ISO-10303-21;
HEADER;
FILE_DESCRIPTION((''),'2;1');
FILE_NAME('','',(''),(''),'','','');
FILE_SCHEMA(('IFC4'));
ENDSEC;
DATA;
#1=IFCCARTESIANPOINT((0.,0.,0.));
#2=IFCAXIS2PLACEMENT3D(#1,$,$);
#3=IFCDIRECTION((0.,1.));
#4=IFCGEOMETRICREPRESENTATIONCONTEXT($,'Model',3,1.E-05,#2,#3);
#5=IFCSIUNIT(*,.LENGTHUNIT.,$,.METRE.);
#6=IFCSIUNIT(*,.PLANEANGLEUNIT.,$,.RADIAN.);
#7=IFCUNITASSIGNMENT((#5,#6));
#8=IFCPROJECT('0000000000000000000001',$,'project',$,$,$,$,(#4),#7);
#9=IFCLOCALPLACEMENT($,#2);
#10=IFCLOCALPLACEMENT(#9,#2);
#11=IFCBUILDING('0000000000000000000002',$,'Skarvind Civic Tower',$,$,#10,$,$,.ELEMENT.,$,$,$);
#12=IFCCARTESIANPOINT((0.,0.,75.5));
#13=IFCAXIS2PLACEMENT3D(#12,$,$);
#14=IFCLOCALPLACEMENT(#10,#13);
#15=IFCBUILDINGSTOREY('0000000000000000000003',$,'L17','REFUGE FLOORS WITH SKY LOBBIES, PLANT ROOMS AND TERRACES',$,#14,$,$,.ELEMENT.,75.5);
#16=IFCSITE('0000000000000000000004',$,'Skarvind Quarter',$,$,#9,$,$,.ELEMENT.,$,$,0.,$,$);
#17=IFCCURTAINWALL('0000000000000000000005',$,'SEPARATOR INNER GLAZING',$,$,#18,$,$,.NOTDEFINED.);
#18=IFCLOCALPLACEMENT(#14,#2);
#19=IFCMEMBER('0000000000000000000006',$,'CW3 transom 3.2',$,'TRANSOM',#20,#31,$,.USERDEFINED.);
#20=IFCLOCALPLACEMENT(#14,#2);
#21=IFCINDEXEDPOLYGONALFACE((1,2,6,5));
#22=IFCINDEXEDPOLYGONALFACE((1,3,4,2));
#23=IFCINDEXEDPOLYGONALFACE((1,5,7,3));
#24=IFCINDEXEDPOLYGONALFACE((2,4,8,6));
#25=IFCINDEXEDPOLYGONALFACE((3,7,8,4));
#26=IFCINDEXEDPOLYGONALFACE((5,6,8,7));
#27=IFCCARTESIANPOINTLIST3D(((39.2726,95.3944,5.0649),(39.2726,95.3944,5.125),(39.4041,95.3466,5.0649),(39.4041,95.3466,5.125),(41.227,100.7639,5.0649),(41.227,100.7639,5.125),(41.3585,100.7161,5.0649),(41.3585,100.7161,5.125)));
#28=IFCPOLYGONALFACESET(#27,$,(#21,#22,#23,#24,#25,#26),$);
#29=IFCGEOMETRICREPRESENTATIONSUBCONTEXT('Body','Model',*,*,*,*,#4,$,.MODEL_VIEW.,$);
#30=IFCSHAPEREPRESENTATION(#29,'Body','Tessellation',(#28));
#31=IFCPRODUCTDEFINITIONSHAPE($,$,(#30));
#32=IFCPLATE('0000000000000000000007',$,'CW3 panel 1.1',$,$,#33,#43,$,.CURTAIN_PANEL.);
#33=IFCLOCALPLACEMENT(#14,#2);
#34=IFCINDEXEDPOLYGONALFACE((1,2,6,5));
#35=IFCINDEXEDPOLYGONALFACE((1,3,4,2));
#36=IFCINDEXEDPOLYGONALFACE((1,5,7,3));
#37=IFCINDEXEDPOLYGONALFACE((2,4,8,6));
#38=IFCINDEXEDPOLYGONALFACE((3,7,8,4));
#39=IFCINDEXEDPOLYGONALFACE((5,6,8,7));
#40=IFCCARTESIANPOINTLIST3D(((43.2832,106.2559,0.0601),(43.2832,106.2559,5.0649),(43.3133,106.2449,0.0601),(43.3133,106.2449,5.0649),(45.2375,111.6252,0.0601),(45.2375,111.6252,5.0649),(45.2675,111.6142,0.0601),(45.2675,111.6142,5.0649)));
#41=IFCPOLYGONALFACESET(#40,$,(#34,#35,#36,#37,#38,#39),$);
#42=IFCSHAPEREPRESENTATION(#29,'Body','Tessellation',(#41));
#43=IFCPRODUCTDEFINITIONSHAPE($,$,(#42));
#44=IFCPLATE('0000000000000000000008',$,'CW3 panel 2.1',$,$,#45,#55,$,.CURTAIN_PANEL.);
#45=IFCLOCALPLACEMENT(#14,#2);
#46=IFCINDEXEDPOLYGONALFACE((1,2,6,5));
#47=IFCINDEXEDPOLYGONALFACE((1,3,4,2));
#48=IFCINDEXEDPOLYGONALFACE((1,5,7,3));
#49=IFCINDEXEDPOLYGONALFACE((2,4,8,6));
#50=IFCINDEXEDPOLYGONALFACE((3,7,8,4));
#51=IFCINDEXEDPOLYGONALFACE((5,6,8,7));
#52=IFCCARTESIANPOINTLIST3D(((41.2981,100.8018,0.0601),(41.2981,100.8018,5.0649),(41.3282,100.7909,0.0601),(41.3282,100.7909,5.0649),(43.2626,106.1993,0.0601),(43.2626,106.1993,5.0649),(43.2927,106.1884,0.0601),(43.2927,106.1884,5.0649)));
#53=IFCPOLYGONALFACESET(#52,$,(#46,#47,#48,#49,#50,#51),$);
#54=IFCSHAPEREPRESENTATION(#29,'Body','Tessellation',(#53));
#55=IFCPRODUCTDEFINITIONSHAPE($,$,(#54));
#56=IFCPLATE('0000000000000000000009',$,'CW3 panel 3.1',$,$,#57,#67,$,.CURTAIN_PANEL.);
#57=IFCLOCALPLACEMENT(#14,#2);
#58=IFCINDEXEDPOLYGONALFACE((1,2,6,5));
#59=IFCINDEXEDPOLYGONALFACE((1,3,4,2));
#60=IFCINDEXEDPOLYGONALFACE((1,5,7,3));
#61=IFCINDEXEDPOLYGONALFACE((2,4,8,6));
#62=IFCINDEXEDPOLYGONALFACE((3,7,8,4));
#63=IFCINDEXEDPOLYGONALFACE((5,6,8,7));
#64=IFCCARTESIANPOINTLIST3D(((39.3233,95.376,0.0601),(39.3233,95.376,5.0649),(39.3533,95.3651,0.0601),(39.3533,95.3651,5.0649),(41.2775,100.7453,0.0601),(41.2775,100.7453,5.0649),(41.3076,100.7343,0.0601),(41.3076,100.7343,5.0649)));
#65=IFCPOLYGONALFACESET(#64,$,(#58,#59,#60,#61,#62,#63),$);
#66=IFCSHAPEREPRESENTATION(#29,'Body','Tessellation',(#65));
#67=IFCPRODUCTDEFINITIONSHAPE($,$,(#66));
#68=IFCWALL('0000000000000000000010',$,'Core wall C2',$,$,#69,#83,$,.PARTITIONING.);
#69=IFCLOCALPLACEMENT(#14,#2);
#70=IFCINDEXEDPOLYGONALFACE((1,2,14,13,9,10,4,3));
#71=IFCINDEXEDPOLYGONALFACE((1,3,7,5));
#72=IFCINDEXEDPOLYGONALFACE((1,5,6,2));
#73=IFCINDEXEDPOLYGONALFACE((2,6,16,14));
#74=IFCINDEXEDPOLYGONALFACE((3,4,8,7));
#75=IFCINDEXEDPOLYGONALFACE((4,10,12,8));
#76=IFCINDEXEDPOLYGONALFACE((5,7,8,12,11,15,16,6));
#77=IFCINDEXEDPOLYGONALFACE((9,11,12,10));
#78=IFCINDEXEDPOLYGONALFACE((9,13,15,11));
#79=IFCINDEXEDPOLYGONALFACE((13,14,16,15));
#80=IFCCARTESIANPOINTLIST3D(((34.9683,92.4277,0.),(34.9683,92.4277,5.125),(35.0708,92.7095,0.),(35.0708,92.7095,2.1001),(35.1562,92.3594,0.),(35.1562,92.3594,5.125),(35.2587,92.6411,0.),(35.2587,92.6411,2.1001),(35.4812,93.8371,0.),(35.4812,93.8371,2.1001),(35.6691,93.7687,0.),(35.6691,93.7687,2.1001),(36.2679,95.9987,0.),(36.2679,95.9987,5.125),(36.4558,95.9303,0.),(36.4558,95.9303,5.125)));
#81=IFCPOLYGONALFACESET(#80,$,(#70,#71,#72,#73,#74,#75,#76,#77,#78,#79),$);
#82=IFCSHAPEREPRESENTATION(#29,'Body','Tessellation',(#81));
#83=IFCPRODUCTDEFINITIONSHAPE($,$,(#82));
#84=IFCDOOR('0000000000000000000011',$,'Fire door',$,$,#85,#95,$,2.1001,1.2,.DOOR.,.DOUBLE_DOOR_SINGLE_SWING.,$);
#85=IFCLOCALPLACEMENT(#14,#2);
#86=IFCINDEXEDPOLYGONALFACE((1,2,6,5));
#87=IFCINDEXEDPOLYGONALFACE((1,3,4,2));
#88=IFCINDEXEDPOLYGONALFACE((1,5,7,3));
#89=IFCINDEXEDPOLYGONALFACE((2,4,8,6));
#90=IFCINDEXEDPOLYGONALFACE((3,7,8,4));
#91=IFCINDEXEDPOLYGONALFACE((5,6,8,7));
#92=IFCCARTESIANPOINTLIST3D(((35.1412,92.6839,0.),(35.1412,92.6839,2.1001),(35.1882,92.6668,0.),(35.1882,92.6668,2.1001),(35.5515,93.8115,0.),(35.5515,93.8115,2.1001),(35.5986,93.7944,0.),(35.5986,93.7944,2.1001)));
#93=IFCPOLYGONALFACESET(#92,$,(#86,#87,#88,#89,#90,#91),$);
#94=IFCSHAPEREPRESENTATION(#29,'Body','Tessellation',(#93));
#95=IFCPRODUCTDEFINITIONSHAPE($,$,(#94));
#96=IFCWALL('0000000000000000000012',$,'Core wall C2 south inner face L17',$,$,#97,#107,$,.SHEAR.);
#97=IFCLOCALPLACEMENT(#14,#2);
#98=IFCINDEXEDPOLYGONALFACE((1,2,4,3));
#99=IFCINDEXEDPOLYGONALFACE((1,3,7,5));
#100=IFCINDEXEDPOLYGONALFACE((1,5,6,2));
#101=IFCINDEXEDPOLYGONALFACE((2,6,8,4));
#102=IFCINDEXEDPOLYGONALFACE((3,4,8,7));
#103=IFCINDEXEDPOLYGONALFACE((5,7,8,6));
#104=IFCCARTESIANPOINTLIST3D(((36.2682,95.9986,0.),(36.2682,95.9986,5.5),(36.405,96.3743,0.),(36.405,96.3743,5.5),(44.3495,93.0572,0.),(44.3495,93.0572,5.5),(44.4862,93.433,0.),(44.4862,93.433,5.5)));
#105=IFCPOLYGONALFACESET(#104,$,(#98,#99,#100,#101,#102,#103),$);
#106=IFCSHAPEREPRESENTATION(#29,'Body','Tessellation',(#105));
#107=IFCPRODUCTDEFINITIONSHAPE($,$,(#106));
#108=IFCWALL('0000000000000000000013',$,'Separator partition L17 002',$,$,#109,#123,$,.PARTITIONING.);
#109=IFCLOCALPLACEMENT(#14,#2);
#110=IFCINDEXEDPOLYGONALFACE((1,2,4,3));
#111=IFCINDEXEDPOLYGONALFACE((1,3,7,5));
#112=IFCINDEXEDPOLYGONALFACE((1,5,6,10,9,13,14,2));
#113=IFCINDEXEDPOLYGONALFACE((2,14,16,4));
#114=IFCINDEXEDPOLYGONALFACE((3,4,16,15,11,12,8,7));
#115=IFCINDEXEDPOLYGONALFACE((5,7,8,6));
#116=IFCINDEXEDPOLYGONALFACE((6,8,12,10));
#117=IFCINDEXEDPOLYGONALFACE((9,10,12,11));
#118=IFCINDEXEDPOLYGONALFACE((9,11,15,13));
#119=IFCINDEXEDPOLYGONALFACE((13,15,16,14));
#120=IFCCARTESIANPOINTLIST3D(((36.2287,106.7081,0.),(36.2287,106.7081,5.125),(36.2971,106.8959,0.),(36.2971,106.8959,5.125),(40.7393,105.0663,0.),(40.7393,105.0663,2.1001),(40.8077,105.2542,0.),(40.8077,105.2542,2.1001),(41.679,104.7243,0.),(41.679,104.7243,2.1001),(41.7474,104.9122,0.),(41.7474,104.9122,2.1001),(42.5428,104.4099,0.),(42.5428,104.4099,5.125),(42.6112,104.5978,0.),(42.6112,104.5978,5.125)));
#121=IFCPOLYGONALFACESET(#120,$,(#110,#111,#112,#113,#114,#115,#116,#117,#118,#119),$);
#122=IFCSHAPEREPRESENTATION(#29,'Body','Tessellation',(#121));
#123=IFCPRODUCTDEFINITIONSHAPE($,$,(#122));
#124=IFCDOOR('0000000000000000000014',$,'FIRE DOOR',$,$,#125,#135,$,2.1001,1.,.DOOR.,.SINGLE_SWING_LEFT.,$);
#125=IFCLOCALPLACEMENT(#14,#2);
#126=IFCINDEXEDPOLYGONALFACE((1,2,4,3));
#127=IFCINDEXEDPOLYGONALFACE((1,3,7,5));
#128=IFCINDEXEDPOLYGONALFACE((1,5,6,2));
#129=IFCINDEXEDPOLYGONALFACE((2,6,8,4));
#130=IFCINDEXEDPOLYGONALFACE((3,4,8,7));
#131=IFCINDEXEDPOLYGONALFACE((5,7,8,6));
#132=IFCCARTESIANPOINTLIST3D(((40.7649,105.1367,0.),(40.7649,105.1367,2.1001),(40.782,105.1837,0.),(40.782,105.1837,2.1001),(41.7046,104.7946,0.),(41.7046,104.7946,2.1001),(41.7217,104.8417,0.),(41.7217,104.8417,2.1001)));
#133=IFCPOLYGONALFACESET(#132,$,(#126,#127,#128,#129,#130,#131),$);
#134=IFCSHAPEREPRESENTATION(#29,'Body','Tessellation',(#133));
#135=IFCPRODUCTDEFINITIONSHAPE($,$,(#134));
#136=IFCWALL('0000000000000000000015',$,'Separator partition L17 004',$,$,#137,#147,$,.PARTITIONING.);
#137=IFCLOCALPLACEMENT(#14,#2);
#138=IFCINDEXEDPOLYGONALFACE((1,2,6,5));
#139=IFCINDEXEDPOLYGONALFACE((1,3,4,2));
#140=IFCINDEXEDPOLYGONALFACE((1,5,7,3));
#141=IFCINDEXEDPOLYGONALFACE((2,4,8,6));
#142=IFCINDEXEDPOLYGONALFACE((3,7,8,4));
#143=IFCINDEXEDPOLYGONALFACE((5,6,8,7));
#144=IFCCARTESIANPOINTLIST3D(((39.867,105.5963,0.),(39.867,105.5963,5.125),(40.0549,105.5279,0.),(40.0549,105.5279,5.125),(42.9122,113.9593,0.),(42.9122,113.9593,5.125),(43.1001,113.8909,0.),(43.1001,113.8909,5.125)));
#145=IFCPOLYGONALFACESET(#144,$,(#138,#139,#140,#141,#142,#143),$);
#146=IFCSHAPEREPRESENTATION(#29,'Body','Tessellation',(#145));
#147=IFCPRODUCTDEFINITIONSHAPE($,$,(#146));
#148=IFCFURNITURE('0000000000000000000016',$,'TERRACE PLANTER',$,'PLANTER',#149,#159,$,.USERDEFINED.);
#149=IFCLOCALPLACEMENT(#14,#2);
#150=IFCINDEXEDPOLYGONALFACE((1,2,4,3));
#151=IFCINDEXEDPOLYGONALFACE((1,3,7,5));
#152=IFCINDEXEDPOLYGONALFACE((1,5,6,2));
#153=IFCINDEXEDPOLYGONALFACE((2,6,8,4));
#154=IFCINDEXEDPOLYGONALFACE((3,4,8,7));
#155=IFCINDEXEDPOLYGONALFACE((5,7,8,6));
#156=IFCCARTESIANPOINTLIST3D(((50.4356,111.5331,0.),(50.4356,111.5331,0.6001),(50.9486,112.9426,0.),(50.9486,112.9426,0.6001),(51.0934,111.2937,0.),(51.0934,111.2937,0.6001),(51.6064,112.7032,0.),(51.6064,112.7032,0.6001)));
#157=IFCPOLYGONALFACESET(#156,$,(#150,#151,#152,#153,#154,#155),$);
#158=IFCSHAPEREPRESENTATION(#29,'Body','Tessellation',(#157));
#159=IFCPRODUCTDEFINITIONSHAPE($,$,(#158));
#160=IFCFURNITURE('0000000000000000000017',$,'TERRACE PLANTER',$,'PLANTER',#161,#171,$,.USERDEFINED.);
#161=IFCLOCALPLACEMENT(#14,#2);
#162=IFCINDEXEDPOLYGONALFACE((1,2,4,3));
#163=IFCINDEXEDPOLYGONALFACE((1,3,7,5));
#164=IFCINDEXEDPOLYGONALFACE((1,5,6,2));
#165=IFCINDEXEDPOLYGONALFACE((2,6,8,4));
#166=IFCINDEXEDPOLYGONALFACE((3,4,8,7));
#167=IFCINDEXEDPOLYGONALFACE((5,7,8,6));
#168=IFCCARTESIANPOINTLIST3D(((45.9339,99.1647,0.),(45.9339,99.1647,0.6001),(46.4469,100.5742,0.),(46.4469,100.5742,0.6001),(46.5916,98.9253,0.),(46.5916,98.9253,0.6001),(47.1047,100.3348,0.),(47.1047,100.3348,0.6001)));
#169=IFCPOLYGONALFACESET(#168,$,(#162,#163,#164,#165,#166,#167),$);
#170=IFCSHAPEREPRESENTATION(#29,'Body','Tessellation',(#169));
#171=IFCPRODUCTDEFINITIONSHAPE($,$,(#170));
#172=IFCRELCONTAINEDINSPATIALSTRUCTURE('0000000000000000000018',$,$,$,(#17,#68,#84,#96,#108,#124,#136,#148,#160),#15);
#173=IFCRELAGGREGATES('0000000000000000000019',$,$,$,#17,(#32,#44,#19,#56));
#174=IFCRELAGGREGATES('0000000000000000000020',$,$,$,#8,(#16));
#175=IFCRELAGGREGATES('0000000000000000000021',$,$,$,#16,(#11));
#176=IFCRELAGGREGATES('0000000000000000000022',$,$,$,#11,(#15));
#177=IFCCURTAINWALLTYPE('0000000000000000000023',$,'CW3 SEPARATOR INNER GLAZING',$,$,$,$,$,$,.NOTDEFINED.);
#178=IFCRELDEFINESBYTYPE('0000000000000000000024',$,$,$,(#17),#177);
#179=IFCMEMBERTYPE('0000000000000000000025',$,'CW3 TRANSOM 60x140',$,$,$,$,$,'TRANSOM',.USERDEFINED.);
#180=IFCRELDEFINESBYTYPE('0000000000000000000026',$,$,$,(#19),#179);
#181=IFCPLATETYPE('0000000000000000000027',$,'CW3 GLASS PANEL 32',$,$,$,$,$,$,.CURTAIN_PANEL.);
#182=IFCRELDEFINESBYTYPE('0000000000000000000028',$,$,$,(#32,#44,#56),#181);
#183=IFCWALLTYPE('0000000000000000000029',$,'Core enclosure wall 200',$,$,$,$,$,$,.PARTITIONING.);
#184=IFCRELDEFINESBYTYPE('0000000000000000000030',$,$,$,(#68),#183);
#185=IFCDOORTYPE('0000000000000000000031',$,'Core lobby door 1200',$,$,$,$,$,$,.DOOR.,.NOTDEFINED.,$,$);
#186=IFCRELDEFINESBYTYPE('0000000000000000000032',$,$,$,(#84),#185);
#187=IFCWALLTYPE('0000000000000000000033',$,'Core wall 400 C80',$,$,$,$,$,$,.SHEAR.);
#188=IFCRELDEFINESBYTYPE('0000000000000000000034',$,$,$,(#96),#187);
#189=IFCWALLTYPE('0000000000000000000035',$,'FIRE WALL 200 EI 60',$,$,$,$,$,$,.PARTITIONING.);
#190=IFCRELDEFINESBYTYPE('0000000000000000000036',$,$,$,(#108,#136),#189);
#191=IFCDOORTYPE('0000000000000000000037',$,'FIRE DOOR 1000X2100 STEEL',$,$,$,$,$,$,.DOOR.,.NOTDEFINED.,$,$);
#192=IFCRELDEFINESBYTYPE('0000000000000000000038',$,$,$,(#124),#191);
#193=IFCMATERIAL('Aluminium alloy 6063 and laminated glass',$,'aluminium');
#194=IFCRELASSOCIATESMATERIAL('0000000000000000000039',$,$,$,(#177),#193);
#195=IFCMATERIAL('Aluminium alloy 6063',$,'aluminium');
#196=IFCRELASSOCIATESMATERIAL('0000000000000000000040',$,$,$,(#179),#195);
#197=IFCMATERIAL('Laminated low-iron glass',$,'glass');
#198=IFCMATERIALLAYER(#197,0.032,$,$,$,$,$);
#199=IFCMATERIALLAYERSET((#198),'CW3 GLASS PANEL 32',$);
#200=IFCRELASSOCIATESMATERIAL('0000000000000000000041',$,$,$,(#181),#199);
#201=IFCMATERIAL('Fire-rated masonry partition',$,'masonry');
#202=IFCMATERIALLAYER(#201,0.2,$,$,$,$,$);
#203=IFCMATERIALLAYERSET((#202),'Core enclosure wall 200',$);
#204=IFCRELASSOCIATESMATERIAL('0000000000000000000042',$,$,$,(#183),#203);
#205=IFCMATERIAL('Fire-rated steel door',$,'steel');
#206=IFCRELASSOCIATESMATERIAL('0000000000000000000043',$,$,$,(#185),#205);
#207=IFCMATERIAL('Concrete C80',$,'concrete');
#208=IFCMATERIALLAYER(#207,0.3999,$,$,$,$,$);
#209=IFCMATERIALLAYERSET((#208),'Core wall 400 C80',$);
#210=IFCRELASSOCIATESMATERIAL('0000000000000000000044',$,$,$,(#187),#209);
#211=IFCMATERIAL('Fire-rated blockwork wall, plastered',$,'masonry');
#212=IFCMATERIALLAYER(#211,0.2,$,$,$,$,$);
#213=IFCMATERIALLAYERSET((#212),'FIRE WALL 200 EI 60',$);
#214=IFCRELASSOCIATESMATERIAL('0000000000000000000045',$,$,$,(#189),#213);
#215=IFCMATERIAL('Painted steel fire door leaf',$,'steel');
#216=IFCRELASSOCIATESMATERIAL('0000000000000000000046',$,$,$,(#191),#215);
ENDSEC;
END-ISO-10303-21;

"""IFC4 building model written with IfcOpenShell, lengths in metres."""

from ifc_helpers import new_model, si_unit, direction, frame, frame_2d, origin, origin_2d, place, context, subcontext, project, spatial, rectangle, extrude, material, layer, layer_set, material_profile, profile_set, type_object, element, fill, aggregate, save


model = new_model("IFC4")

# Units and contexts
model_context = context("Model", 3, precision=1e-05, world=origin(), true_north=direction((0.0, 1.0)))
body_context = subcontext(model_context, "Body", "Model", "MODEL_VIEW")
ifc_project = project(units=[si_unit("LENGTHUNIT", "METRE"), si_unit("PLANEANGLEUNIT", "RADIAN")], contexts=[model_context])

# Site, building, storey
site_placement = place(None, origin())
site = spatial("IfcSite", under=ifc_project, at=site_placement, Name="Skarvind Quarter", CompositionType="ELEMENT", RefElevation=0.0)
building_placement = place(site_placement, origin())
building = spatial("IfcBuilding", under=site, at=building_placement, Name="Skarvind Civic Tower", CompositionType="ELEMENT")
storey_placement = place(building_placement, frame((0.0, 0.0, 75.5)))
storey = spatial("IfcBuildingStorey", under=building, at=storey_placement, Name="L17", Description="REFUGE FLOORS WITH SKY LOBBIES, PLANT ROOMS AND TERRACES", CompositionType="ELEMENT", Elevation=75.5)

# Shared definitions
ifc_material_1 = material(Name="Concrete C80", Category="concrete")

# Curtain wall, member, plates
ifc_material_2 = material(Name="Aluminium alloy 6063 and laminated glass", Category="aluminium")
curtain_wall_type = type_object("IfcCurtainWallType", Name="CW3 SEPARATOR INNER GLAZING", PredefinedType="NOTDEFINED", material=ifc_material_2)
curtain_wall_placement = place(storey_placement, origin())
curtain_wall = element("IfcCurtainWall", 1, at=curtain_wall_placement, inside=storey, type_object=curtain_wall_type, Name="SEPARATOR INNER GLAZING", PredefinedType="NOTDEFINED")
ifc_material_3 = material(Name="Aluminium alloy 6063", Category="aluminium")
ifc_material_profile_1 = material_profile(ifc_material_3, rectangle(XDim=0.1399, YDim=0.0601, at=origin_2d()), Name="AL 60x140")
ifc_profile_set_1 = profile_set([ifc_material_profile_1], Name="Aluminium alloy 6063")
member_type_1 = type_object("IfcMemberType", Name="CW3 TRANSOM 60x140", ElementType="TRANSOM", PredefinedType="USERDEFINED", material=ifc_profile_set_1)
member_1_placement = place(storey_placement, frame((41.2927, 100.74, 5.095), z_axis=(-0.342028, -0.93969, 0.0), x_axis=(0.93969, -0.342028, 0.0)))
member_1 = element("IfcMember", 2, at=member_1_placement, type_object=member_type_1, Name="CW3 transom 3.2", ObjectType="TRANSOM", PredefinedType="USERDEFINED", context=body_context, shape_type="SweptSolid", body=[
    extrude(rectangle(XDim=0.1399, YDim=0.0601, at=origin_2d()), origin(), (0.0, 0.0, 1.0), 5.7141),
])
ifc_material_4 = material(Name="Laminated low-iron glass", Category="glass")
ifc_layer_1 = layer(ifc_material_4, 0.032)
ifc_layer_set_1 = layer_set([ifc_layer_1], Name="CW3 GLASS PANEL 32")
plate_type = type_object("IfcPlateType", Name="CW3 GLASS PANEL 32", PredefinedType="CURTAIN_PANEL", material=ifc_layer_set_1)
plate_1_placement = place(storey_placement, frame((44.2754, 108.9351, 0.0601), z_axis=(0.0, 0.0, 1.0), x_axis=(-0.342018, -0.939693, 0.0)))
plate_1 = element("IfcPlate", 3, at=plate_1_placement, type_object=plate_type, Name="CW3 panel 1.1", PredefinedType="CURTAIN_PANEL", context=body_context, shape_type="SweptSolid", body=[
    extrude(rectangle(XDim=5.7139, YDim=0.032, at=origin_2d()), origin(), (0.0, 0.0, 1.0), 5.0049),
])
plate_2_placement = place(storey_placement, frame((42.2954, 103.4951, 0.0601), z_axis=(0.0, 0.0, 1.0), x_axis=(-0.342018, -0.939693, 0.0)))
plate_2 = element("IfcPlate", 4, at=plate_2_placement, type_object=plate_type, Name="CW3 panel 2.1", PredefinedType="CURTAIN_PANEL", context=body_context, shape_type="SweptSolid", body=[
    extrude(rectangle(XDim=5.7439, YDim=0.032, at=origin_2d()), origin(), (0.0, 0.0, 1.0), 5.0049),
])
plate_3_placement = place(storey_placement, frame((40.3154, 98.0552, 0.0601), z_axis=(0.0, 0.0, 1.0), x_axis=(-0.342018, -0.939693, 0.0)))
plate_3 = element("IfcPlate", 5, at=plate_3_placement, type_object=plate_type, Name="CW3 panel 3.1", PredefinedType="CURTAIN_PANEL", context=body_context, shape_type="SweptSolid", body=[
    extrude(rectangle(XDim=5.7139, YDim=0.032, at=origin_2d()), origin(), (0.0, 0.0, 1.0), 5.0049),
])
aggregate(curtain_wall, [plate_1, plate_2, member_1, plate_3])

# Wall, opening, door
ifc_material_5 = material(Name="Fire-rated masonry partition", Category="masonry")
ifc_layer_2 = layer(ifc_material_5, 0.2)
ifc_layer_set_2 = layer_set([ifc_layer_2], Name="Core enclosure wall 200")
wall_type_1 = type_object("IfcWallType", Name="Core enclosure wall 200", PredefinedType="PARTITIONING", material=ifc_layer_set_2)
wall_1_placement = place(storey_placement, frame((36.3618, 95.9644, 0.0), z_axis=(0.0, 0.0, 1.0), x_axis=(-0.341996, -0.939701, 0.0)))
wall_1 = element("IfcWall", 6, at=wall_1_placement, inside=storey, type_object=wall_type_1, Name="Core wall C2", PredefinedType="PARTITIONING", context=body_context, shape_type="SweptSolid", body=[
    extrude(rectangle(XDim=3.8, YDim=0.2, at=frame_2d((1.8999, 0.0))), origin(), (0.0, 0.0, 1.0), 5.125),
])
opening_1_placement = place(wall_1_placement, frame((2.3, 0.0, 0.0)))
opening_1 = element("IfcOpeningElement", 7, at=opening_1_placement, cuts=wall_1, PredefinedType="OPENING", context=body_context, shape_type="SweptSolid", body=[
    extrude(rectangle(XDim=1.2, YDim=2.1001, at=frame_2d((0.6001, 1.05))), frame((0.0, 0.1099, 0.0), z_axis=(0.0, -1.0, 0.0), x_axis=(1.0, 0.0, 0.0)), (0.0, 0.0, 1.0), 0.22),
])
ifc_material_6 = material(Name="Fire-rated steel door", Category="steel")
door_type_1 = type_object("IfcDoorType", Name="Core lobby door 1200", OperationType="NOTDEFINED", PredefinedType="DOOR", material=ifc_material_6)
door_1_placement = place(opening_1_placement, origin())
door_1 = element("IfcDoor", 8, at=door_1_placement, inside=storey, type_object=door_type_1, Name="Fire door", OperationType="DOUBLE_DOOR_SINGLE_SWING", OverallHeight=2.1001, OverallWidth=1.2, PredefinedType="DOOR", context=body_context, shape_type="SweptSolid", body=[
    extrude(rectangle(XDim=1.2, YDim=2.1001, at=frame_2d((0.6001, 1.05))), frame((0.0, 0.0249, 0.0), z_axis=(0.0, -1.0, 0.0), x_axis=(1.0, 0.0, 0.0)), (0.0, 0.0, 1.0), 0.05),
])
fill(opening_1, door_1)

# Wall
ifc_layer_3 = layer(ifc_material_1, 0.3999)
ifc_layer_set_3 = layer_set([ifc_layer_3], Name="Core wall 400 C80")
wall_type_2 = type_object("IfcWallType", Name="Core wall 400 C80", PredefinedType="SHEAR", material=ifc_layer_set_3)
wall_2_placement = place(storey_placement, frame((44.4177, 93.2451, 0.0), z_axis=(0.0, 0.0, 1.0), x_axis=(-0.939691, 0.342026, 0.0)))
element("IfcWall", 9, at=wall_2_placement, inside=storey, type_object=wall_type_2, Name="Core wall C2 south inner face L17", PredefinedType="SHEAR", context=body_context, shape_type="SweptSolid", body=[
    extrude(rectangle(XDim=8.5999, YDim=0.3999, at=frame_2d((4.2998, 0.0))), origin(), (0.0, 0.0, 1.0), 5.5),
])

# Wall, opening, door
ifc_material_7 = material(Name="Fire-rated blockwork wall, plastered", Category="masonry")
ifc_layer_4 = layer(ifc_material_7, 0.2)
ifc_layer_set_4 = layer_set([ifc_layer_4], Name="FIRE WALL 200 EI 60")
wall_type_3 = type_object("IfcWallType", Name="FIRE WALL 200 EI 60", PredefinedType="PARTITIONING", material=ifc_layer_set_4)
wall_3_placement = place(storey_placement, frame((36.2629, 106.802, 0.0), z_axis=(0.0, 0.0, 1.0), x_axis=(0.939693, -0.34202, 0.0)))
wall_3 = element("IfcWall", 10, at=wall_3_placement, inside=storey, type_object=wall_type_3, Name="Separator partition L17 002", PredefinedType="PARTITIONING", context=body_context, shape_type="SweptSolid", body=[
    extrude(rectangle(XDim=6.7192, YDim=0.2, at=frame_2d((3.3596, 0.0))), origin(), (0.0, 0.0, 1.0), 5.125),
])
opening_2_placement = place(wall_3_placement, frame((4.8, 0.0, 0.0)))
opening_2 = element("IfcOpeningElement", 11, at=opening_2_placement, cuts=wall_3, PredefinedType="OPENING", context=body_context, shape_type="SweptSolid", body=[
    extrude(rectangle(XDim=1.0, YDim=2.1001, at=frame_2d((0.5, 1.05))), frame((0.0, 0.1099, 0.0), z_axis=(0.0, -1.0, 0.0), x_axis=(1.0, 0.0, 0.0)), (0.0, 0.0, 1.0), 0.22),
])
ifc_material_8 = material(Name="Painted steel fire door leaf", Category="steel")
door_type_2 = type_object("IfcDoorType", Name="FIRE DOOR 1000X2100 STEEL", OperationType="NOTDEFINED", PredefinedType="DOOR", material=ifc_material_8)
door_2_placement = place(opening_2_placement, origin())
door_2 = element("IfcDoor", 12, at=door_2_placement, inside=storey, type_object=door_type_2, Name="FIRE DOOR", OperationType="SINGLE_SWING_LEFT", OverallHeight=2.1001, OverallWidth=1.0, PredefinedType="DOOR", context=body_context, shape_type="SweptSolid", body=[
    extrude(rectangle(XDim=1.0, YDim=2.1001, at=frame_2d((0.5, 1.05))), frame((0.0, 0.0249, 0.0), z_axis=(0.0, -1.0, 0.0), x_axis=(1.0, 0.0, 0.0)), (0.0, 0.0, 1.0), 0.05),
])
fill(opening_2, door_2)

# Wall
wall_4_placement = place(storey_placement, frame((39.9609, 105.562, 0.0), z_axis=(0.0, 0.0, 1.0), x_axis=(0.342146, 0.939647, 0.0)))
element("IfcWall", 13, at=wall_4_placement, inside=storey, type_object=wall_type_3, Name="Separator partition L17 004", PredefinedType="PARTITIONING", context=body_context, shape_type="SweptSolid", body=[
    extrude(rectangle(XDim=8.9001, YDim=0.2, at=frame_2d((4.4502, 0.0))), origin(), (0.0, 0.0, 1.0), 5.125),
])

# Furniture
for number, where, z_axis, x_axis, name in (
    (14, (51.021, 112.1182, 0.0), (0.0, 0.0, 1.0), (-0.34202, -0.939693, 0.0), "TERRACE PLANTER"),
    (15, (46.5193, 99.7498, 0.0), (0.0, 0.0, 1.0), (-0.34202, -0.939693, 0.0), "TERRACE PLANTER"),
):
    element("IfcFurniture", number, at=place(storey_placement, frame(where, z_axis=z_axis, x_axis=x_axis)), inside=storey, Name=name, ObjectType="PLANTER", PredefinedType="USERDEFINED", context=body_context, shape_type="SweptSolid", body=[
        extrude(rectangle(XDim=1.5, YDim=0.7, at=origin_2d()), origin(), (0.0, 0.0, 1.0), 0.6001),
    ])

save(model, "model.ifc")
